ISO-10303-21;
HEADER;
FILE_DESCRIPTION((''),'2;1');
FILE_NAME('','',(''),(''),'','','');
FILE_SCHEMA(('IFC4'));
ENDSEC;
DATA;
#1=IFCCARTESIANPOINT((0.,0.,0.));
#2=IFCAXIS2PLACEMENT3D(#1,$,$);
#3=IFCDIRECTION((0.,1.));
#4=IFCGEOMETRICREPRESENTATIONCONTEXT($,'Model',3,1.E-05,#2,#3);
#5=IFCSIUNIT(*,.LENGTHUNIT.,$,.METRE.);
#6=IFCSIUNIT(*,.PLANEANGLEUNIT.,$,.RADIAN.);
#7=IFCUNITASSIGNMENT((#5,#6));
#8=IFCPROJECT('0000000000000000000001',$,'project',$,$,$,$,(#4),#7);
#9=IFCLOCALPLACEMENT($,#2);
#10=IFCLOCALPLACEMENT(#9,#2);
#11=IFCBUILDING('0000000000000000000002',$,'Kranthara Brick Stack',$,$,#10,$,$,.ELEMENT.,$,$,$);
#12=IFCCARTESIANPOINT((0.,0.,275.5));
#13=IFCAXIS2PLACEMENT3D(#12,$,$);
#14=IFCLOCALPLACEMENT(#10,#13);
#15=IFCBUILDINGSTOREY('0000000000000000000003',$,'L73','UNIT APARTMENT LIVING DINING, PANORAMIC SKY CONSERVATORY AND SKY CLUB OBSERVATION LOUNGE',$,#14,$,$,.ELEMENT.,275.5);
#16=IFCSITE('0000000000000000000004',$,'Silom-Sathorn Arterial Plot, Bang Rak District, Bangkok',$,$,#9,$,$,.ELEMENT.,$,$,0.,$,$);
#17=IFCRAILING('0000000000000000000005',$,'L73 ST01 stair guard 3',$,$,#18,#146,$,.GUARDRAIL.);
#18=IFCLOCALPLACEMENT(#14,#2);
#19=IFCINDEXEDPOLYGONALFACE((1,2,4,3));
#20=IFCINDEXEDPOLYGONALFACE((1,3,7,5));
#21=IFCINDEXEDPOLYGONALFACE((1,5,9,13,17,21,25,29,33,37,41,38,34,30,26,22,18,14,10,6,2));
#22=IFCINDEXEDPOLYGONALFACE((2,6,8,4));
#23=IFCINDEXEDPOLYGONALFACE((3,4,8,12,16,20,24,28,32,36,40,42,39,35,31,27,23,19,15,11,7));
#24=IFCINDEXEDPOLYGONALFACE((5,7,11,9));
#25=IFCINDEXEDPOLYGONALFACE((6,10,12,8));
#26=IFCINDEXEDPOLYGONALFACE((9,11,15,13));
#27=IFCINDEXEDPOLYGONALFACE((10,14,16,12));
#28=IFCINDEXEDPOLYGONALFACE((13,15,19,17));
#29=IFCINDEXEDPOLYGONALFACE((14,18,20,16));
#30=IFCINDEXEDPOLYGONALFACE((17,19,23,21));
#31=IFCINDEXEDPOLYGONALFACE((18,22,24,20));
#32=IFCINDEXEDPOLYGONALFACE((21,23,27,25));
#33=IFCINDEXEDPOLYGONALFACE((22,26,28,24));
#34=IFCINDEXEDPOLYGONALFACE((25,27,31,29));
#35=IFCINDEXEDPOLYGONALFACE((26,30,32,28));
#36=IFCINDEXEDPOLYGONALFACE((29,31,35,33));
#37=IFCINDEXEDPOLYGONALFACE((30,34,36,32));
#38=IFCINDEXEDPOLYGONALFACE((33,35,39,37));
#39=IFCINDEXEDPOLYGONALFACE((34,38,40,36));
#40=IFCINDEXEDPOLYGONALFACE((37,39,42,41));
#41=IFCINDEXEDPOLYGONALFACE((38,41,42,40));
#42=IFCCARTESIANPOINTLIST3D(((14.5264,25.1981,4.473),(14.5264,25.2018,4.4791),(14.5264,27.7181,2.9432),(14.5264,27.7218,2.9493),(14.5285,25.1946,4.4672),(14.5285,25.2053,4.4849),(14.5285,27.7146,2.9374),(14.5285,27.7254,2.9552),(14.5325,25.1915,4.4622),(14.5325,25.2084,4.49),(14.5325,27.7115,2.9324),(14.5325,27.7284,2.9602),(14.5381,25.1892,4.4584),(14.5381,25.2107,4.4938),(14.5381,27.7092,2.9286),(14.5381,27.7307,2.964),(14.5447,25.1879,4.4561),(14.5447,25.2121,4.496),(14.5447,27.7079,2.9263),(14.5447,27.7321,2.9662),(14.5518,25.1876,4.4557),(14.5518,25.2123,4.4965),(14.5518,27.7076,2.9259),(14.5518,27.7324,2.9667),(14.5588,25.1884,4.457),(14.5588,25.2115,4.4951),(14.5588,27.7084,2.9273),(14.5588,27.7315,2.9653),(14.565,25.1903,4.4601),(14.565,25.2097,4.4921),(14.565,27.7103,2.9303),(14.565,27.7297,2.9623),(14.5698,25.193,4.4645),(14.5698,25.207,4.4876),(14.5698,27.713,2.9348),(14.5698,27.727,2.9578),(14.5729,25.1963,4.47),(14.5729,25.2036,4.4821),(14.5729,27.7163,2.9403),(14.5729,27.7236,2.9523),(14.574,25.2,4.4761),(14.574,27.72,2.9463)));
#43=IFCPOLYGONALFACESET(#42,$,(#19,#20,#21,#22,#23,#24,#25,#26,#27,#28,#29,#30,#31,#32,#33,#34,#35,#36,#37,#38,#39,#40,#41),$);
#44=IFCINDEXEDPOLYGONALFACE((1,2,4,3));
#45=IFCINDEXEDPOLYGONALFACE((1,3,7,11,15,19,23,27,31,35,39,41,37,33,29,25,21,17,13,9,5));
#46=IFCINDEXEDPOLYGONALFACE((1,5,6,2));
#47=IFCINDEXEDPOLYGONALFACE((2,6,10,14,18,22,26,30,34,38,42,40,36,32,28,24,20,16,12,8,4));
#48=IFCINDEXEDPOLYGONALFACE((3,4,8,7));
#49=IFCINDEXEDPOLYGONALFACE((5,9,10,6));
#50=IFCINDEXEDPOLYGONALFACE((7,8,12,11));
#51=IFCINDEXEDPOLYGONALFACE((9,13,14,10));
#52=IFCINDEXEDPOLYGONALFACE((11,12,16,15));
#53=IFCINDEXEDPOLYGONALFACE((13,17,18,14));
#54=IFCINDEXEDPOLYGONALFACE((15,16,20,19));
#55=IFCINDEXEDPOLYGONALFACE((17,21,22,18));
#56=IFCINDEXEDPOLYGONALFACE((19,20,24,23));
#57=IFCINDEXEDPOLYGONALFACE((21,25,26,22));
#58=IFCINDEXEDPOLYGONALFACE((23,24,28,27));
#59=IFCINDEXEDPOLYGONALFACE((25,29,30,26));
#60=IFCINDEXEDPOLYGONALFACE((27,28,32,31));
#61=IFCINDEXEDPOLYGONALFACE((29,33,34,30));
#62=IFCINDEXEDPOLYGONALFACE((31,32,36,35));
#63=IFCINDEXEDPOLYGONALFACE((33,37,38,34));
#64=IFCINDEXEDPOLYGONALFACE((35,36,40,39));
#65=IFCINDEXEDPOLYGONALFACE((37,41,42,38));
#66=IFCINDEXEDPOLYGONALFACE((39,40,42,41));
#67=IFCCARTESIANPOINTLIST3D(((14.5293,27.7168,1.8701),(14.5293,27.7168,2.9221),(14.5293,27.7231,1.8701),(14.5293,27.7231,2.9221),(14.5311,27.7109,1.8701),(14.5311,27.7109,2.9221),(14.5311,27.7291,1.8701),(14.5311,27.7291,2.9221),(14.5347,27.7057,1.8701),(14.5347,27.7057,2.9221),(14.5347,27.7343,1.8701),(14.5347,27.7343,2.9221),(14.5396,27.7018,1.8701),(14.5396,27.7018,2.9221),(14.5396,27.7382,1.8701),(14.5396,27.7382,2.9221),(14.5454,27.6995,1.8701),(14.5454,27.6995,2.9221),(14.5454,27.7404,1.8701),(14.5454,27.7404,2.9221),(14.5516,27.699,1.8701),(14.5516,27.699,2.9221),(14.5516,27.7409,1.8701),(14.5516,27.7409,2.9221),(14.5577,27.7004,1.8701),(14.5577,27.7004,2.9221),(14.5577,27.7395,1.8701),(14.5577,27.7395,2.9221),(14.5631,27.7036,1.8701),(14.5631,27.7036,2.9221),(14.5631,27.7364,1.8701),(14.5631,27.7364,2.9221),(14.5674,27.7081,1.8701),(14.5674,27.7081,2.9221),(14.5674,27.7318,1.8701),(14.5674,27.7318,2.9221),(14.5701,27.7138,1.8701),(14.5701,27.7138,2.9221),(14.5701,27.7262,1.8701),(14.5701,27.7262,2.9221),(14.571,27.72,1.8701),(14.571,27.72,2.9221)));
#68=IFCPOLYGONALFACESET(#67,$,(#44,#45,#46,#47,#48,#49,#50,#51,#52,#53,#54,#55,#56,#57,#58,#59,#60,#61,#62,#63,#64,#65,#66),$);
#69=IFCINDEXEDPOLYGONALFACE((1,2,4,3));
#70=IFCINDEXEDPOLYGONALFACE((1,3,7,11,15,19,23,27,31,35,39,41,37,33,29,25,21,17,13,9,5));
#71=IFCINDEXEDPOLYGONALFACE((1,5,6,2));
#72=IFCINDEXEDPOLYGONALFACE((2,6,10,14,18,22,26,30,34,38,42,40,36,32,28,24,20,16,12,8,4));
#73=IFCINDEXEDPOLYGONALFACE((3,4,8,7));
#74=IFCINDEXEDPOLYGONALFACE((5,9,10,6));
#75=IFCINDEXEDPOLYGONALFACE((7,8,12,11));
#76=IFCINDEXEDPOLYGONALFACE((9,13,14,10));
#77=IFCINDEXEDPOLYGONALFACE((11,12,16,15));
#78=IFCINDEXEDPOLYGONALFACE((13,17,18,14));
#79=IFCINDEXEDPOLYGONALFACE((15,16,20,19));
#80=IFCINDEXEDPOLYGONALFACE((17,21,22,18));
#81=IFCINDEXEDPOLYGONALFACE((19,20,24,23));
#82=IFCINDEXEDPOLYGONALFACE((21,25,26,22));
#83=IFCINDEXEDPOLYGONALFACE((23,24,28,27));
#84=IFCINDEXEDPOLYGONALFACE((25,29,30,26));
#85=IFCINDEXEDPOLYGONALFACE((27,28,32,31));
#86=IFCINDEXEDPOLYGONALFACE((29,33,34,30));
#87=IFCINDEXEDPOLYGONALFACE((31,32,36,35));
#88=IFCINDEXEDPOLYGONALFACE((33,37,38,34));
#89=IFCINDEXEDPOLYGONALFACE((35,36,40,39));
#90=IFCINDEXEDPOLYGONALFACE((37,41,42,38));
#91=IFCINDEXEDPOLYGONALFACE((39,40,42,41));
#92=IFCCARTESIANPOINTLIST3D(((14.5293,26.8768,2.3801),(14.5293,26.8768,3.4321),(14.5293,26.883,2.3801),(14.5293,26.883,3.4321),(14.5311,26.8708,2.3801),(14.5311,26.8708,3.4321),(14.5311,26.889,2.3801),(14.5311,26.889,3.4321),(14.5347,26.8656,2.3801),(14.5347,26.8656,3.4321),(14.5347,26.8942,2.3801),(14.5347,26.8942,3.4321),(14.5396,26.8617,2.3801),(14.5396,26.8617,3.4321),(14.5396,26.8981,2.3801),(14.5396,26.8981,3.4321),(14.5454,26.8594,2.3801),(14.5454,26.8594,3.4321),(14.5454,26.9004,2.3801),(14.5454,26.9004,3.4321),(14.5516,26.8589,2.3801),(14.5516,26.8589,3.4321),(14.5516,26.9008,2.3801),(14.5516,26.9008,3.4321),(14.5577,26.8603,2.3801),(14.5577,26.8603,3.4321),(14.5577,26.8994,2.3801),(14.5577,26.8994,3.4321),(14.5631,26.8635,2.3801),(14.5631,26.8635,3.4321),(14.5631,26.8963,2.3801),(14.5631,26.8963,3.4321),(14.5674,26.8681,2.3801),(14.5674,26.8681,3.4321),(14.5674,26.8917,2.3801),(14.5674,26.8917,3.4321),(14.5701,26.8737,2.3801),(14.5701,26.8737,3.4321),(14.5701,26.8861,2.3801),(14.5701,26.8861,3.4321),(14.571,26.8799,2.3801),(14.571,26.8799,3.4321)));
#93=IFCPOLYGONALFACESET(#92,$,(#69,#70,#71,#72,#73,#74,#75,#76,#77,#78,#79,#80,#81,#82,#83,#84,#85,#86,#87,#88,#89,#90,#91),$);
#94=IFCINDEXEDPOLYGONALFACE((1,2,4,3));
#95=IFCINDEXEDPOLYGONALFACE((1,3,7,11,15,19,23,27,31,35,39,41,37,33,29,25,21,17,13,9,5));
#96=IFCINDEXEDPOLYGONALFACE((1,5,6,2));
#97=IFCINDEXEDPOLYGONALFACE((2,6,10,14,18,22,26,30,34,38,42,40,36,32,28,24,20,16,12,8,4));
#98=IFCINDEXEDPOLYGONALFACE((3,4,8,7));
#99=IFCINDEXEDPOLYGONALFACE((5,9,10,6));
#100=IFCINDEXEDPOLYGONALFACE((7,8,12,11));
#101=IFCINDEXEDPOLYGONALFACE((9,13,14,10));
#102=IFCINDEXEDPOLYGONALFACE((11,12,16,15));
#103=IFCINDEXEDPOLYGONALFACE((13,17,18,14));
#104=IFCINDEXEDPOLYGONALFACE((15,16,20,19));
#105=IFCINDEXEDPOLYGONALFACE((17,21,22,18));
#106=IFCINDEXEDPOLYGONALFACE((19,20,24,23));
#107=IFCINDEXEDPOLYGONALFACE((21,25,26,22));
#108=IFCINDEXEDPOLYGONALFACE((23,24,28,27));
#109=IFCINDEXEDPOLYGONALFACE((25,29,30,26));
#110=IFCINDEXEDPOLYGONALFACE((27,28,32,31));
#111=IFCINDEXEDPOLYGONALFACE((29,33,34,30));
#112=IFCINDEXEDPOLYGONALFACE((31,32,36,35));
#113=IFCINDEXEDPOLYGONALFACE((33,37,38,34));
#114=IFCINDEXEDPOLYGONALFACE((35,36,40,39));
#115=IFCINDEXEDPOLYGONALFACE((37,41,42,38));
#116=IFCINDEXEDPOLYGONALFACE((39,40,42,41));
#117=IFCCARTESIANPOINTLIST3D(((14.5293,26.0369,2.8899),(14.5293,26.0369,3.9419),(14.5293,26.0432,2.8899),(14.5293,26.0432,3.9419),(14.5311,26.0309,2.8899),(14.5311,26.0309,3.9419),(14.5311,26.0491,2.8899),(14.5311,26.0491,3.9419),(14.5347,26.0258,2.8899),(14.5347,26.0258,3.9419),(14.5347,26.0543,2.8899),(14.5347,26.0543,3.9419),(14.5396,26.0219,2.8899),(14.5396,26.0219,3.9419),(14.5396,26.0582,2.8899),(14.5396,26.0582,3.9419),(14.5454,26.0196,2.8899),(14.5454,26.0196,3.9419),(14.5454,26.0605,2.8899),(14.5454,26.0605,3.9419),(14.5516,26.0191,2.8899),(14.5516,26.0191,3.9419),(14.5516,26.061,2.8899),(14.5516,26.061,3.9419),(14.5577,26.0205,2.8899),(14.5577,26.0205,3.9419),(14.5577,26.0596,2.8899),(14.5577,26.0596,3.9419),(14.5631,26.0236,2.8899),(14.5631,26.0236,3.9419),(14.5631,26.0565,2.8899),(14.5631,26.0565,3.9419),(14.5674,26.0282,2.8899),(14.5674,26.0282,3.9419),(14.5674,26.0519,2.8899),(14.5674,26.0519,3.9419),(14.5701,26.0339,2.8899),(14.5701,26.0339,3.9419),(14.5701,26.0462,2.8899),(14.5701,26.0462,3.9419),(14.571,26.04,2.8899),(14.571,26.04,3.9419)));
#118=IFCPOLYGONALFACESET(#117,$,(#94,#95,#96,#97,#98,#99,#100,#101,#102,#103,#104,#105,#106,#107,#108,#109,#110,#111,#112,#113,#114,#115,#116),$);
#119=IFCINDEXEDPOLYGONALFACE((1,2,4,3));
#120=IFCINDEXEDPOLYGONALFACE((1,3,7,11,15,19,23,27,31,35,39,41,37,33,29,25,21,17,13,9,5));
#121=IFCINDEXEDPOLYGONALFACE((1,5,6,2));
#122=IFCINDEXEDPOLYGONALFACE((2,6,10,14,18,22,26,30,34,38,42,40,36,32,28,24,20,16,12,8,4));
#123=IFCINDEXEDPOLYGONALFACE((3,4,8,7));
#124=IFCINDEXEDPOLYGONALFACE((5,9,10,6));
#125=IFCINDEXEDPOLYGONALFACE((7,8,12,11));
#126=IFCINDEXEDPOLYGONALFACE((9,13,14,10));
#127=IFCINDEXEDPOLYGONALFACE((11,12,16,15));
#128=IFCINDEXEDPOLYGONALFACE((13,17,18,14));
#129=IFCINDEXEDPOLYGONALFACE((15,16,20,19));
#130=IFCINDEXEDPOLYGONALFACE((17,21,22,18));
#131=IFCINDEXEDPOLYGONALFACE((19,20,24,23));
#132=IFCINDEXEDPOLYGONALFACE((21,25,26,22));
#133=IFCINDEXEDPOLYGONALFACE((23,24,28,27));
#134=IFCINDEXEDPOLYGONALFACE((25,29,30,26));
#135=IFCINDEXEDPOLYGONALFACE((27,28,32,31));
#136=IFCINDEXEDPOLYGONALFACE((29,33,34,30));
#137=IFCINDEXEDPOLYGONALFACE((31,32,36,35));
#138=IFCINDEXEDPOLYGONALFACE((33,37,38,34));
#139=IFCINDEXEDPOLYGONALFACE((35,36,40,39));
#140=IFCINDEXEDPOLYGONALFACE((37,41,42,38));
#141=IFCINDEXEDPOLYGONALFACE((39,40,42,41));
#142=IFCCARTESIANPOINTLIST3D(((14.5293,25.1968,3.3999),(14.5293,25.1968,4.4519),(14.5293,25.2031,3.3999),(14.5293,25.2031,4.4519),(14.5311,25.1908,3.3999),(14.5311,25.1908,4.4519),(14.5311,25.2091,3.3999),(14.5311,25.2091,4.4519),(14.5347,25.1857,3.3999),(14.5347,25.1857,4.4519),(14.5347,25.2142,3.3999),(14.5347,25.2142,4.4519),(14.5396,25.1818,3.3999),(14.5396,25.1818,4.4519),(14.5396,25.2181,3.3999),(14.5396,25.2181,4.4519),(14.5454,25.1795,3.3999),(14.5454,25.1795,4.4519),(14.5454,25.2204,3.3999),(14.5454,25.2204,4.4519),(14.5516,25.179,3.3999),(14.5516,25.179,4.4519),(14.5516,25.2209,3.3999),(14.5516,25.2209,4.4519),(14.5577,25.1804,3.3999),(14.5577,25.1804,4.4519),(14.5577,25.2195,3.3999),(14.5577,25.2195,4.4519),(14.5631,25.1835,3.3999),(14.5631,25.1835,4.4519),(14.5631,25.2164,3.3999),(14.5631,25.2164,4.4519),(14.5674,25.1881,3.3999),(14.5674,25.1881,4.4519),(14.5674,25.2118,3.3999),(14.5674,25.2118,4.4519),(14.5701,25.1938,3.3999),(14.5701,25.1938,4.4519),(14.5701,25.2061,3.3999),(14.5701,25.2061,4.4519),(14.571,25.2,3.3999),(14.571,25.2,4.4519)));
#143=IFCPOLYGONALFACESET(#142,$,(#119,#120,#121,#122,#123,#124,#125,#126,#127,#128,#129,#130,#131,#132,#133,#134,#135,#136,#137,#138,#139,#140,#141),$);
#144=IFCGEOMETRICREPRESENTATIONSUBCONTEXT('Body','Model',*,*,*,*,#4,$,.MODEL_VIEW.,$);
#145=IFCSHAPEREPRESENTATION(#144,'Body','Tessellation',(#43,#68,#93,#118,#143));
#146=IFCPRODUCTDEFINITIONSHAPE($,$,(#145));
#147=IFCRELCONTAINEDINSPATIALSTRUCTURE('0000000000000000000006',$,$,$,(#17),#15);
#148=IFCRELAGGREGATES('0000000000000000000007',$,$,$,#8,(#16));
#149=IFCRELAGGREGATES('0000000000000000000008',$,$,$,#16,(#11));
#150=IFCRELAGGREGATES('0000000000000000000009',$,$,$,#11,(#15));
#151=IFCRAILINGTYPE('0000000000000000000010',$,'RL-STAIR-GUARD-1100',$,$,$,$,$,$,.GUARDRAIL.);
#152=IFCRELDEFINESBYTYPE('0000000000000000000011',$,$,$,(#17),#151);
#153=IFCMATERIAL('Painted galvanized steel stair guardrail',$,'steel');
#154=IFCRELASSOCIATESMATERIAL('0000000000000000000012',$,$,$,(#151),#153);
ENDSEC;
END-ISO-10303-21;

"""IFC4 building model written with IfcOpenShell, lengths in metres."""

from ifc_helpers import new_model, si_unit, direction, frame, origin, origin_2d, place, context, subcontext, project, spatial, circle, extrude, material, type_object, element, save


model = new_model("IFC4")

# Units and contexts
model_context = context("Model", 3, precision=1e-05, world=origin(), true_north=direction((0.0, 1.0)))
body_context = subcontext(model_context, "Body", "Model", "MODEL_VIEW")
ifc_project = project(units=[si_unit("LENGTHUNIT", "METRE"), si_unit("PLANEANGLEUNIT", "RADIAN")], contexts=[model_context])

# Site, building, storey
site_placement = place(None, origin())
site = spatial("IfcSite", under=ifc_project, at=site_placement, Name="Silom-Sathorn Arterial Plot, Bang Rak District, Bangkok", CompositionType="ELEMENT", RefElevation=0.0)
building_placement = place(site_placement, origin())
building = spatial("IfcBuilding", under=site, at=building_placement, Name="Kranthara Brick Stack", CompositionType="ELEMENT")
storey_placement = place(building_placement, frame((0.0, 0.0, 275.5)))
storey = spatial("IfcBuildingStorey", under=building, at=storey_placement, Name="L73", Description="UNIT APARTMENT LIVING DINING, PANORAMIC SKY CONSERVATORY AND SKY CLUB OBSERVATION LOUNGE", CompositionType="ELEMENT", Elevation=275.5)

# Railing
ifc_material_1 = material(Name="Painted galvanized steel stair guardrail", Category="steel")
railing_type_1 = type_object("IfcRailingType", Name="RL-STAIR-GUARD-1100", PredefinedType="GUARDRAIL", material=ifc_material_1)
railing_1_placement = place(storey_placement, frame((14.55, 27.72, 1.8701)))
element("IfcRailing", 1, at=railing_1_placement, inside=storey, type_object=railing_type_1, Name="L73 ST01 stair guard 3", PredefinedType="GUARDRAIL", context=body_context, shape_type="SweptSolid", body=[
    extrude(circle(Radius=0.0239, at=origin_2d()), frame((0.0, 0.0, 1.0762), z_axis=(0.0, -0.854822, 0.518922), x_axis=(1.0, 0.0, 0.0)), (0.0, 0.0, 1.0), 2.948),
    extrude(circle(Radius=0.021, at=origin_2d()), origin(), (0.0, 0.0, 1.0), 1.052),
    extrude(circle(Radius=0.021, at=origin_2d()), frame((0.0, -0.8401, 0.51)), (0.0, 0.0, 1.0), 1.052),
    extrude(circle(Radius=0.021, at=origin_2d()), frame((0.0, -1.6799, 1.0198)), (0.0, 0.0, 1.0), 1.052),
    extrude(circle(Radius=0.021, at=origin_2d()), frame((0.0, -2.52, 1.5298)), (0.0, 0.0, 1.0), 1.052),
])

save(model, "model.ifc")
